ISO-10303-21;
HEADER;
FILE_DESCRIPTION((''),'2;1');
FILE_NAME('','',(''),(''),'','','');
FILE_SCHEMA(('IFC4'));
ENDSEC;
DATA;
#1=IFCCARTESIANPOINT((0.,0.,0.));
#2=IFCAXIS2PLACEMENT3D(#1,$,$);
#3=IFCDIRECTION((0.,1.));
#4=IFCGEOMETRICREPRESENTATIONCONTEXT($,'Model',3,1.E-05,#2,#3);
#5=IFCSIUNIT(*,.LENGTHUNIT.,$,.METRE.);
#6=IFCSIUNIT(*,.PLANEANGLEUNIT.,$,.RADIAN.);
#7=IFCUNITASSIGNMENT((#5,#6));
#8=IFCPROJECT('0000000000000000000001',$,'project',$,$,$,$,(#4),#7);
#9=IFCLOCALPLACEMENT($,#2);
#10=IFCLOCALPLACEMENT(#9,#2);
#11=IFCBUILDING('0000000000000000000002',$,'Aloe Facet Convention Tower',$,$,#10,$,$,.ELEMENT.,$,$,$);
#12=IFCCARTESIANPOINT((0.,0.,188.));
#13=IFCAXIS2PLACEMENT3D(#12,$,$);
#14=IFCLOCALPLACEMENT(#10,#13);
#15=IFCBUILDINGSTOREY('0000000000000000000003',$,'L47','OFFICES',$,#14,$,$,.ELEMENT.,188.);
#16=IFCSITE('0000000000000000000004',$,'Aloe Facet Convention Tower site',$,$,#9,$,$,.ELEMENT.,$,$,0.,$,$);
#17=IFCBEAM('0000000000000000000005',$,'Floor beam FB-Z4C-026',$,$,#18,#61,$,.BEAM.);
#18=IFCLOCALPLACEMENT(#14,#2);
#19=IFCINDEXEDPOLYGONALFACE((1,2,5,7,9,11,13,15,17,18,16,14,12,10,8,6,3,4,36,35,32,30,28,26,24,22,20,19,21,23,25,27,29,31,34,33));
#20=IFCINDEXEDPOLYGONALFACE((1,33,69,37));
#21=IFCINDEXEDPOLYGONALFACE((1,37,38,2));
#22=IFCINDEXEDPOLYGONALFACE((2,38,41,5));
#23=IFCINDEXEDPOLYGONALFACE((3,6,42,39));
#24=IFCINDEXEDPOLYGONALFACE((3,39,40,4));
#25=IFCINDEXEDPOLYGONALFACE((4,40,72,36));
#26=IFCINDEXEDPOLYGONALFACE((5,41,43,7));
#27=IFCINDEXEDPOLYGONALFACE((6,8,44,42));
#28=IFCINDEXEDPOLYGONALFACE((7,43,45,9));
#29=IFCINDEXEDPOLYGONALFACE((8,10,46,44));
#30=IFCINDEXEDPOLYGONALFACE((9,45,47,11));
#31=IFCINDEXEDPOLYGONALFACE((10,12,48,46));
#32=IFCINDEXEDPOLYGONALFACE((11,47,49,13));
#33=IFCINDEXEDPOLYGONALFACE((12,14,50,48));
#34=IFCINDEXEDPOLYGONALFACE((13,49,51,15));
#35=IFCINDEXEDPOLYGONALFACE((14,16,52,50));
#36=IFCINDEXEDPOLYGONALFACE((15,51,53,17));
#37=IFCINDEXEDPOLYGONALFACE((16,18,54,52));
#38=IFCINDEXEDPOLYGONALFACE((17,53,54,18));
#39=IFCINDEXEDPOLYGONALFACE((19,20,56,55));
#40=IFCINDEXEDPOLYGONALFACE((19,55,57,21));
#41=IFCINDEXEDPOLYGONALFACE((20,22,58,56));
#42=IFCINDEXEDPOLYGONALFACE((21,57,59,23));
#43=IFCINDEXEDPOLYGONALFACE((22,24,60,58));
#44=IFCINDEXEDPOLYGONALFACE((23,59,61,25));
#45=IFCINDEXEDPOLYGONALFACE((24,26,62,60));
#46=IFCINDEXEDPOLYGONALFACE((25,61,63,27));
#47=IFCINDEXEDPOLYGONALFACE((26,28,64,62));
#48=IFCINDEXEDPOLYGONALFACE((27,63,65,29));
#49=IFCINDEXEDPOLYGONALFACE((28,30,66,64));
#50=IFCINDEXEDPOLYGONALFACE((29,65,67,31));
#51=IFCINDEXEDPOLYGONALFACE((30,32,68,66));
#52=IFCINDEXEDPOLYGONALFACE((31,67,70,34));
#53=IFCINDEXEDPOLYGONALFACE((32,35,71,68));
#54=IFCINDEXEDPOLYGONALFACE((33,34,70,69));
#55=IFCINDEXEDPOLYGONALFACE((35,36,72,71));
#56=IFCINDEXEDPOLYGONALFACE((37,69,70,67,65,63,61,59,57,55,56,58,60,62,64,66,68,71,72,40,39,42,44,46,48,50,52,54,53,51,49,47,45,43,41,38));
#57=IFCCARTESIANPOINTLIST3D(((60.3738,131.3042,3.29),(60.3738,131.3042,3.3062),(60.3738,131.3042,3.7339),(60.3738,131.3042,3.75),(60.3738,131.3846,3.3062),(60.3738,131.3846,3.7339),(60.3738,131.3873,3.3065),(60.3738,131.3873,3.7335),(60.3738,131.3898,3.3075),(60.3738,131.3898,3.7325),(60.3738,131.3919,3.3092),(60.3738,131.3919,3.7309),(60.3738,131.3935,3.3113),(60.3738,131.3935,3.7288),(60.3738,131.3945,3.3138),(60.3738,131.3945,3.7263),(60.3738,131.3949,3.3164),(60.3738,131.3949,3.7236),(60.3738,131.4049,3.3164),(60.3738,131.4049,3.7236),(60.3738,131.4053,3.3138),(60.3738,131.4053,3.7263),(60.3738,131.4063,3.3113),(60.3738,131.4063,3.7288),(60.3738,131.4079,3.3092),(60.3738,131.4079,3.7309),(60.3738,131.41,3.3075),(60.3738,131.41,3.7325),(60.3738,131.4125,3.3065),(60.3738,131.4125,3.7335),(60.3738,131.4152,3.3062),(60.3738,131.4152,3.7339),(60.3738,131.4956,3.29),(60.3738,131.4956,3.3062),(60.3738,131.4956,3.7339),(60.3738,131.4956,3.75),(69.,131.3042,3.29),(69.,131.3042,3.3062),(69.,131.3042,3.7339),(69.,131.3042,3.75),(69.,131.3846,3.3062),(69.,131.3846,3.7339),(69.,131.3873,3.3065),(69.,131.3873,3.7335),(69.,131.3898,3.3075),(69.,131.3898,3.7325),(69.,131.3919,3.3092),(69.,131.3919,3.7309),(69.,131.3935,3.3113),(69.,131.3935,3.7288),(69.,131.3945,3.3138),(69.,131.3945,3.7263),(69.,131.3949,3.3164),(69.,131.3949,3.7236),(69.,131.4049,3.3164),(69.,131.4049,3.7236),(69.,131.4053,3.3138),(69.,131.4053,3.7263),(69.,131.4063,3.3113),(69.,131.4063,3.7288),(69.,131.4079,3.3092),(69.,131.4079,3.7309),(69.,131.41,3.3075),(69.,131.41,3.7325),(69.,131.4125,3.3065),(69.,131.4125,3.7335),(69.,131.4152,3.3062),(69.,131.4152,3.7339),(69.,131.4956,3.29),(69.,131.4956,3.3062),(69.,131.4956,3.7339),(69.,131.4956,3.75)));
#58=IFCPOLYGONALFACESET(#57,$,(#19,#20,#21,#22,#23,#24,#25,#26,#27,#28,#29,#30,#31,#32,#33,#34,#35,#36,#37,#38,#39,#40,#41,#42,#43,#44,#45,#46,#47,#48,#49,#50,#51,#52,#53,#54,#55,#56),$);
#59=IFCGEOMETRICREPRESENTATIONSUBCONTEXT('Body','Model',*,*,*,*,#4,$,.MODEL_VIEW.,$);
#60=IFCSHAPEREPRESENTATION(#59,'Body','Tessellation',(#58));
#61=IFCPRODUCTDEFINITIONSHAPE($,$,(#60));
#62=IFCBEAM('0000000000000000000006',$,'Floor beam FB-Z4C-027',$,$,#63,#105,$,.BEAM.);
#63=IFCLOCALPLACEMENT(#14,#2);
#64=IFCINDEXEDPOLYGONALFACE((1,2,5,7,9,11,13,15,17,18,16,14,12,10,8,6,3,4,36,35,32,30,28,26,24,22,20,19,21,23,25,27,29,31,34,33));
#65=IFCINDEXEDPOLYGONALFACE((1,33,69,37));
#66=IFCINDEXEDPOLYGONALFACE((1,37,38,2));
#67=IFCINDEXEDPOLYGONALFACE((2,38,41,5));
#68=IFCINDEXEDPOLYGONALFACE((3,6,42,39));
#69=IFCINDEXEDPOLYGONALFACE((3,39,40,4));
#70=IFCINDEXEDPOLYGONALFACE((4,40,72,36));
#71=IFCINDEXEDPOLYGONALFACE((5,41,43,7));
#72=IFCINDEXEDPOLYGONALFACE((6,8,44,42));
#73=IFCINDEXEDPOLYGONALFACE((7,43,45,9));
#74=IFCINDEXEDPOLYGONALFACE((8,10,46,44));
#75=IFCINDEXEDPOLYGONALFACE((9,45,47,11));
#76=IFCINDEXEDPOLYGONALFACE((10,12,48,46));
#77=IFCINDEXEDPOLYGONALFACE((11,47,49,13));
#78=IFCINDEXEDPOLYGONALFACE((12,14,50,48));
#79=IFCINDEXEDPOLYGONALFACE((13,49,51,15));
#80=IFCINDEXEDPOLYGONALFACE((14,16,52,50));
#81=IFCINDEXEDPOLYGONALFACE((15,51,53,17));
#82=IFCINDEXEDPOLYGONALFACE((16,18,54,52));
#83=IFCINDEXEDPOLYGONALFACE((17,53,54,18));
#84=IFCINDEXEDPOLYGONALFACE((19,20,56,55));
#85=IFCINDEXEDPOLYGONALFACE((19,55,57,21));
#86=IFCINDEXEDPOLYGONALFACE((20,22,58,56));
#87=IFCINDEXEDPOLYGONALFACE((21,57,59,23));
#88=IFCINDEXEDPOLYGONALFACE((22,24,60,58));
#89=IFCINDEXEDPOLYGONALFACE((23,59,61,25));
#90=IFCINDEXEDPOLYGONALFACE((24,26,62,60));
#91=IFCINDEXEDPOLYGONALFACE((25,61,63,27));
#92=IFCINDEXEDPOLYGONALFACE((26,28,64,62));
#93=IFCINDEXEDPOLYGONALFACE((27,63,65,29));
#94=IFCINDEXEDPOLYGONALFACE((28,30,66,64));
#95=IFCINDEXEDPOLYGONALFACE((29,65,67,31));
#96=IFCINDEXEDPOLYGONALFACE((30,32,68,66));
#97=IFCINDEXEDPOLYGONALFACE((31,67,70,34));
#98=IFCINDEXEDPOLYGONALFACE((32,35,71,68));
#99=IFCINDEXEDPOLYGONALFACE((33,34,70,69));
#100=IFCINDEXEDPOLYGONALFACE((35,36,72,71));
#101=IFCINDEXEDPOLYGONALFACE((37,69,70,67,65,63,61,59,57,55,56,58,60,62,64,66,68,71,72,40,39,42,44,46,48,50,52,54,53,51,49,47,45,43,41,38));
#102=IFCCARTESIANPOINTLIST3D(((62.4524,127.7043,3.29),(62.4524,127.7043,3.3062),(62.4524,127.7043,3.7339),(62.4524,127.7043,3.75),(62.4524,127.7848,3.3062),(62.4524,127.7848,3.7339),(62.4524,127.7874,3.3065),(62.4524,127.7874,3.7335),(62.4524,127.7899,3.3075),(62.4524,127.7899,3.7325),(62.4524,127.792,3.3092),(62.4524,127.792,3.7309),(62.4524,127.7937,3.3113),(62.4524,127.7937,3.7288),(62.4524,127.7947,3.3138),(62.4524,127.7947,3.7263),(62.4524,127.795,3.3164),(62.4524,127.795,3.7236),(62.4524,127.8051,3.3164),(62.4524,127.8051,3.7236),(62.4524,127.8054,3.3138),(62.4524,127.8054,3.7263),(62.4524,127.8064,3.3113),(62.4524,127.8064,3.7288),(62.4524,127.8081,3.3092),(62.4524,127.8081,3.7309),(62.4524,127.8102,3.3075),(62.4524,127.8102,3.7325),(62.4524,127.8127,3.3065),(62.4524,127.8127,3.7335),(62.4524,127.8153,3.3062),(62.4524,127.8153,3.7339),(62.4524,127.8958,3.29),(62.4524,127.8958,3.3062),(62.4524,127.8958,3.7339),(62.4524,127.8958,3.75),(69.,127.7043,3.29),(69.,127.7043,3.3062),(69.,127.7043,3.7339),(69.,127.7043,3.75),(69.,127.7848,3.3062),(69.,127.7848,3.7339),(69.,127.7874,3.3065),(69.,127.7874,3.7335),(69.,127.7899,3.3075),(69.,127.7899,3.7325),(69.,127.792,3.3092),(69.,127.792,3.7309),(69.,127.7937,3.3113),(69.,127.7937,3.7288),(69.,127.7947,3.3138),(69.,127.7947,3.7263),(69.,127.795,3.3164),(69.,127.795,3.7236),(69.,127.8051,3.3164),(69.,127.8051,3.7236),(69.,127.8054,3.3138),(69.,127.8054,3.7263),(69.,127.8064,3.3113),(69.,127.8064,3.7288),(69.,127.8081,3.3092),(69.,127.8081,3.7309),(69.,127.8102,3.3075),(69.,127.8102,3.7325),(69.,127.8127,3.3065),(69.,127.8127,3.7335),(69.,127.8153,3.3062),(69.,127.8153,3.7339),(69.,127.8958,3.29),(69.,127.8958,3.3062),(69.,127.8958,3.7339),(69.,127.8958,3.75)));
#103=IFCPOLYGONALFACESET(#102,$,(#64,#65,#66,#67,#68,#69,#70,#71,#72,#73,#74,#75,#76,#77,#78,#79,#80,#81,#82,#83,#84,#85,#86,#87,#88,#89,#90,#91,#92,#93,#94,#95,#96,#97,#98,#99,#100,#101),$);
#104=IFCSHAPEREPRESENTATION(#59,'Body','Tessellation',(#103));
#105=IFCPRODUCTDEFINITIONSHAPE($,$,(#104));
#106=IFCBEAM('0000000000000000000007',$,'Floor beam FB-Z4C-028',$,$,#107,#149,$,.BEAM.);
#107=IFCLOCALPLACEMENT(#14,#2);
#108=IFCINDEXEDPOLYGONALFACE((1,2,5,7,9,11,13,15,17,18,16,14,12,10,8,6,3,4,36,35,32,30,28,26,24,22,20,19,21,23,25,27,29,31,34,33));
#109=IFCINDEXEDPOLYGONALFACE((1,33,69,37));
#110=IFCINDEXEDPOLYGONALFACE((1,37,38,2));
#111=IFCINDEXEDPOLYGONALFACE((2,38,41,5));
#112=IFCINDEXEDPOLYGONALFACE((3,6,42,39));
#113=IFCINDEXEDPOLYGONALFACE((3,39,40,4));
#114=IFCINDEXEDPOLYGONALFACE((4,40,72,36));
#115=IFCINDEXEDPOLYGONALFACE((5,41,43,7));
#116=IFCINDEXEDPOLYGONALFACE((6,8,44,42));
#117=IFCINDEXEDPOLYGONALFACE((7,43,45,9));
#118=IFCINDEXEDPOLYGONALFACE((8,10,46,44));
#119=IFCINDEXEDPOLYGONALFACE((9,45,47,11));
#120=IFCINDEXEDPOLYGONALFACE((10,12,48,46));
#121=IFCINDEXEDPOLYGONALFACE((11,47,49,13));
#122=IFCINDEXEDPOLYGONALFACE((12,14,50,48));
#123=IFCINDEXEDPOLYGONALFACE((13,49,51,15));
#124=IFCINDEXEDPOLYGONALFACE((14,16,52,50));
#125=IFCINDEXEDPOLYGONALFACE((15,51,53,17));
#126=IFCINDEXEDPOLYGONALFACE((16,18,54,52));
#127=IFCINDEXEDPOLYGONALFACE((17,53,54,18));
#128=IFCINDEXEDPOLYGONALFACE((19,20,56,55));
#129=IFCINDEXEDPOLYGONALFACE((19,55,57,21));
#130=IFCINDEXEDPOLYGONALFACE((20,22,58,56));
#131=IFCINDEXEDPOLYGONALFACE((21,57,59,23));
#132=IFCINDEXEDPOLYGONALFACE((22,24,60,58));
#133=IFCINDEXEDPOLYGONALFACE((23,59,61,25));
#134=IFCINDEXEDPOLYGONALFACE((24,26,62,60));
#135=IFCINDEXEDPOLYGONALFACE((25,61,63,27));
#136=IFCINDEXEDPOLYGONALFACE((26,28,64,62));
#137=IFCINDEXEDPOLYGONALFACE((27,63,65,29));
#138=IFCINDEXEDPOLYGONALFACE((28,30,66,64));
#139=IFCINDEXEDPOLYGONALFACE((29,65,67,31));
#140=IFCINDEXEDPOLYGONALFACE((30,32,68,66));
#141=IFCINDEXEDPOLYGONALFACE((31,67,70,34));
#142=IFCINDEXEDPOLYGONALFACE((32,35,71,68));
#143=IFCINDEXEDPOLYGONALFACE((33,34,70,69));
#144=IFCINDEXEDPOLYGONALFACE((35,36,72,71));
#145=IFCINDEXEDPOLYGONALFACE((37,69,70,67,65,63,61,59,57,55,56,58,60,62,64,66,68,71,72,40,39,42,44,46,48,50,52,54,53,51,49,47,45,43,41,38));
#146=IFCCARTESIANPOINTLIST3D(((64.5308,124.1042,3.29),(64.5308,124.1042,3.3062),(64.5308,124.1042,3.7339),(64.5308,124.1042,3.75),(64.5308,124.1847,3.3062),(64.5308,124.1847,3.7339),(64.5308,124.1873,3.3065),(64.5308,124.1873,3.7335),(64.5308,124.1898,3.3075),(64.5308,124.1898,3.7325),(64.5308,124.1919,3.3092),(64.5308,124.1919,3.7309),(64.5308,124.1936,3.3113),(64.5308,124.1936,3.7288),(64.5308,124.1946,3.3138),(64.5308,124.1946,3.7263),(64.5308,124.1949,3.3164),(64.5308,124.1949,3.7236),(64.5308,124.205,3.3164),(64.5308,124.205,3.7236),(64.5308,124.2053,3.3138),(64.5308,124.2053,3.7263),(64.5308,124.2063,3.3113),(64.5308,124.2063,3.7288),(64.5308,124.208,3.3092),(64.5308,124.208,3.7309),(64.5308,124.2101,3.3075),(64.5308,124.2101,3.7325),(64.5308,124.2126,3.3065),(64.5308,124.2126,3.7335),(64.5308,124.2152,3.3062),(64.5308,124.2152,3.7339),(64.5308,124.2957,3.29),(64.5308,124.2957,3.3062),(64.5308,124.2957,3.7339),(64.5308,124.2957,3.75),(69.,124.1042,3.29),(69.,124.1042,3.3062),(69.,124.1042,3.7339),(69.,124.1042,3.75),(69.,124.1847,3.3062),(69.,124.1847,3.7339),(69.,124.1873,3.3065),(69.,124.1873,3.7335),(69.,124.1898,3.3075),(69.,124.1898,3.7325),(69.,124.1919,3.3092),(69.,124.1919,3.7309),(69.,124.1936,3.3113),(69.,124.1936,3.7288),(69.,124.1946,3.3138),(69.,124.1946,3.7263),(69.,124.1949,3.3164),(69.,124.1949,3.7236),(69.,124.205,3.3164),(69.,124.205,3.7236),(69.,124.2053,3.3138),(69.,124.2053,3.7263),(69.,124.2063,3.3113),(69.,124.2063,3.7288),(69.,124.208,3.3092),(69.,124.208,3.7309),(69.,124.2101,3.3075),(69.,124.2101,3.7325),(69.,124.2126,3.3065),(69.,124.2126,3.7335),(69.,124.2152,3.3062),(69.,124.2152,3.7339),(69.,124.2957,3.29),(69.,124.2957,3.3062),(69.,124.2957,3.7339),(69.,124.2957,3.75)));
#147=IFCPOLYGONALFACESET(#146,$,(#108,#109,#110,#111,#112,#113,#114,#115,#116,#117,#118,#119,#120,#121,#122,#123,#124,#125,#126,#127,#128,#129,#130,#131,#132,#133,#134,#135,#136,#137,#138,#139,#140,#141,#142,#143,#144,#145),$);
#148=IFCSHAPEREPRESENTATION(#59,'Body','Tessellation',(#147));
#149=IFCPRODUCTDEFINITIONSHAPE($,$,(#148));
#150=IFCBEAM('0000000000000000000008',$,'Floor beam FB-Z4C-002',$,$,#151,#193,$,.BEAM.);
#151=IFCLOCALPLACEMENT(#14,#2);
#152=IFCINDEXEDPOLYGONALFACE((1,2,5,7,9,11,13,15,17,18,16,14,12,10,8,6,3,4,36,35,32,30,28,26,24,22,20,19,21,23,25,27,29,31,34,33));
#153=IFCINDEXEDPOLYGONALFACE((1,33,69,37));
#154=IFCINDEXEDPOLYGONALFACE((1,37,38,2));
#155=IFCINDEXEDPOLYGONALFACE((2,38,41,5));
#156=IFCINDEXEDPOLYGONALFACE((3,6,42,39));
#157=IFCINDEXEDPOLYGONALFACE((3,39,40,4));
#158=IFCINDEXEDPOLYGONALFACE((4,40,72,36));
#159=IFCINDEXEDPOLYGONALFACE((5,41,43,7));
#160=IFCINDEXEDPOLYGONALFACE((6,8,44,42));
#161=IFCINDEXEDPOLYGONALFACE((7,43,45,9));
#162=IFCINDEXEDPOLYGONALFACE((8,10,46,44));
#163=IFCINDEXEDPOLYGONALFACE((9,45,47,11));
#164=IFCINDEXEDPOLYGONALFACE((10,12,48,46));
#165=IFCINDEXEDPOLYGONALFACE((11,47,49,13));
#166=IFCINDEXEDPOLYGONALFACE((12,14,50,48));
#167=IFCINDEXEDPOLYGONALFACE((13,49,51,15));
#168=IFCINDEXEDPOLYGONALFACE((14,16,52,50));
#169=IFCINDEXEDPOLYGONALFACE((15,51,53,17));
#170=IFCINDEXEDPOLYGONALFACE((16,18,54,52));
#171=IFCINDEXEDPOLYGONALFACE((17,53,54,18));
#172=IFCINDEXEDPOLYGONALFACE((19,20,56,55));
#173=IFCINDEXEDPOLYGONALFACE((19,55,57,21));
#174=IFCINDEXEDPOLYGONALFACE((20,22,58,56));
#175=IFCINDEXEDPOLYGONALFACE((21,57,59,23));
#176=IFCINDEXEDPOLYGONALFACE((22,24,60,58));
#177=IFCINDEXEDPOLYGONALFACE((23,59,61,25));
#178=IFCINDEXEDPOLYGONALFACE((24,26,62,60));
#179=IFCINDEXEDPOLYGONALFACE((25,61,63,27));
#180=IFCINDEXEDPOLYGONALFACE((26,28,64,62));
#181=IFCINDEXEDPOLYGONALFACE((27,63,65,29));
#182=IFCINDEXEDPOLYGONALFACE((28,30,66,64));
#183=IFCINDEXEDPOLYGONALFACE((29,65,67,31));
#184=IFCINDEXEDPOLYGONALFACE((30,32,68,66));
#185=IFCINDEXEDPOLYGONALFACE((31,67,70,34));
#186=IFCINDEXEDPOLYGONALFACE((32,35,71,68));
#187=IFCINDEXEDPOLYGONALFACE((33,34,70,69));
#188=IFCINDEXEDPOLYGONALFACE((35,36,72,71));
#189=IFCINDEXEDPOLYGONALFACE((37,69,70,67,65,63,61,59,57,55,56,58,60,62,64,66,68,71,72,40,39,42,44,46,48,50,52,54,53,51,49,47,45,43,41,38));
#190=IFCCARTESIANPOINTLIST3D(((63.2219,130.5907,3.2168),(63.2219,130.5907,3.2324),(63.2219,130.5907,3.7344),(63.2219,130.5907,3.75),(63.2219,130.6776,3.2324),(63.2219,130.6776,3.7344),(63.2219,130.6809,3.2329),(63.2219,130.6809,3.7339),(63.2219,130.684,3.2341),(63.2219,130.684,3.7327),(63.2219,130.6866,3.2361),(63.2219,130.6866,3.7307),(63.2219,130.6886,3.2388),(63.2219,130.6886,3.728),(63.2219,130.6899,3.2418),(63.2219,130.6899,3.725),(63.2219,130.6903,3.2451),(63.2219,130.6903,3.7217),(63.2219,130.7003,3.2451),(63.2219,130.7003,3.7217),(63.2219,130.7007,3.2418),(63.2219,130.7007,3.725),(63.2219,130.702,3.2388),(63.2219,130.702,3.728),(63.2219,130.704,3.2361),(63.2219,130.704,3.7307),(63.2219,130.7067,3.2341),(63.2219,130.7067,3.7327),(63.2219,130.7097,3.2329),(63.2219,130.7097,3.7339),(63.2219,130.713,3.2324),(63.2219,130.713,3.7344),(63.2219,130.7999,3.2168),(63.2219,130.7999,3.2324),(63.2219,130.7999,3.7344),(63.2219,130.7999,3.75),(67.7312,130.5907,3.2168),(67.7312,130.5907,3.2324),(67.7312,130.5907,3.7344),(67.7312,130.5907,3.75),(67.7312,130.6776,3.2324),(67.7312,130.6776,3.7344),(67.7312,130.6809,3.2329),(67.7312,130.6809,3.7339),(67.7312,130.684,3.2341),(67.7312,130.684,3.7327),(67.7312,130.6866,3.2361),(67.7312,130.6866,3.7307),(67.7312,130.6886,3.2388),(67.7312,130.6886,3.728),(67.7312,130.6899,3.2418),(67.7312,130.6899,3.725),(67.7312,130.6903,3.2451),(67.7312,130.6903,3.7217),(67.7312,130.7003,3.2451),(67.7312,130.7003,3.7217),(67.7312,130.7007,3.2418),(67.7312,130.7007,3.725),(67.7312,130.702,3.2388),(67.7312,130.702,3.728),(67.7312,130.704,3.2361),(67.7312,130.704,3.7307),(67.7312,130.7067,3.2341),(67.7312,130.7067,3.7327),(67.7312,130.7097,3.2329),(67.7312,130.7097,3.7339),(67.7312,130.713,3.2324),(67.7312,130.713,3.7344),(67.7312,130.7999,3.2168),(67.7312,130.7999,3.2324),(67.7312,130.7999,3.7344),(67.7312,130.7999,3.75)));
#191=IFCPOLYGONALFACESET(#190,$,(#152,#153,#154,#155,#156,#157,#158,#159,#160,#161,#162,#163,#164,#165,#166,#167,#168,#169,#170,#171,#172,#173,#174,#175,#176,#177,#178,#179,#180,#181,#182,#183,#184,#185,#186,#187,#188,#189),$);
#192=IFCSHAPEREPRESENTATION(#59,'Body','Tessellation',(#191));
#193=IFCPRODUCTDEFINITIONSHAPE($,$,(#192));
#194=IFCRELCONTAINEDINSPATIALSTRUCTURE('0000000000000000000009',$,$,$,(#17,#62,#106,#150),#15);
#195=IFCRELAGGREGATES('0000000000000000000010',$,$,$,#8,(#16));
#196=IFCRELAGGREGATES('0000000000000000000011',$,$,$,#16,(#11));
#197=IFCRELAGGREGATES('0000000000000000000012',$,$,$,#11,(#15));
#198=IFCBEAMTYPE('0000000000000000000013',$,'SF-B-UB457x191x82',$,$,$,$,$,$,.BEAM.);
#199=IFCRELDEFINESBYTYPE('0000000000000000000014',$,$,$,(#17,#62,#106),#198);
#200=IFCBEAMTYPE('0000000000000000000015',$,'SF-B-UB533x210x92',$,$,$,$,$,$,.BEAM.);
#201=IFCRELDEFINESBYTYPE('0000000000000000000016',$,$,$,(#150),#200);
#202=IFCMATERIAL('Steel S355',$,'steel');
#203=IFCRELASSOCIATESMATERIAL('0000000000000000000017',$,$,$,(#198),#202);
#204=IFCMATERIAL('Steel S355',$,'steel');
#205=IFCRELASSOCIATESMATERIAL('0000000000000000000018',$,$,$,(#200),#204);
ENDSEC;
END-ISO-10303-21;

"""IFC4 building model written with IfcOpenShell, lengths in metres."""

from ifc_helpers import new_model, si_unit, direction, frame, origin, origin_2d, place, context, subcontext, project, spatial, i_section, extrude, material, material_profile, profile_set, type_object, element, save


model = new_model("IFC4")

# Units and contexts
model_context = context("Model", 3, precision=1e-05, world=origin(), true_north=direction((0.0, 1.0)))
body_context = subcontext(model_context, "Body", "Model", "MODEL_VIEW")
ifc_project = project(units=[si_unit("LENGTHUNIT", "METRE"), si_unit("PLANEANGLEUNIT", "RADIAN")], contexts=[model_context])

# Site, building, storey
site_placement = place(None, origin())
site = spatial("IfcSite", under=ifc_project, at=site_placement, Name="Aloe Facet Convention Tower site", CompositionType="ELEMENT", RefElevation=0.0)
building_placement = place(site_placement, origin())
building = spatial("IfcBuilding", under=site, at=building_placement, Name="Aloe Facet Convention Tower", CompositionType="ELEMENT")
storey_placement = place(building_placement, frame((0.0, 0.0, 188.0)))
storey = spatial("IfcBuildingStorey", under=building, at=storey_placement, Name="L47", Description="OFFICES", CompositionType="ELEMENT", Elevation=188.0)

# Beams
ifc_material_1 = material(Name="Steel S355", Category="steel")
ifc_material_profile_1 = material_profile(ifc_material_1, i_section(OverallWidth=0.1914, OverallDepth=0.46, WebThickness=0.01, FlangeThickness=0.0161, FilletRadius=0.0103, at=origin_2d()), Name="UB 457x191x82")
ifc_profile_set_1 = profile_set([ifc_material_profile_1], Name="Steel S355")
beam_type_1 = type_object("IfcBeamType", Name="SF-B-UB457x191x82", PredefinedType="BEAM", material=ifc_profile_set_1)
beam_1_placement = place(storey_placement, frame((60.3738, 131.3999, 3.52), z_axis=(1.0, 0.0, 0.0), x_axis=(0.0, 1.0, 0.0)))
element("IfcBeam", 1, at=beam_1_placement, inside=storey, type_object=beam_type_1, Name="Floor beam FB-Z4C-026", PredefinedType="BEAM", context=body_context, shape_type="SweptSolid", body=[
    extrude(i_section(OverallWidth=0.1914, OverallDepth=0.46, WebThickness=0.01, FlangeThickness=0.0161, FilletRadius=0.0103, at=origin_2d()), origin(), (0.0, 0.0, 1.0), 8.6262),
])
beam_2_placement = place(storey_placement, frame((62.4524, 127.8, 3.52), z_axis=(1.0, 0.0, 0.0), x_axis=(0.0, 1.0, 0.0)))
element("IfcBeam", 2, at=beam_2_placement, inside=storey, type_object=beam_type_1, Name="Floor beam FB-Z4C-027", PredefinedType="BEAM", context=body_context, shape_type="SweptSolid", body=[
    extrude(i_section(OverallWidth=0.1914, OverallDepth=0.46, WebThickness=0.01, FlangeThickness=0.0161, FilletRadius=0.0103, at=origin_2d()), origin(), (0.0, 0.0, 1.0), 6.5476),
])
beam_3_placement = place(storey_placement, frame((64.5308, 124.2, 3.52), z_axis=(1.0, 0.0, 0.0), x_axis=(0.0, 1.0, 0.0)))
element("IfcBeam", 3, at=beam_3_placement, inside=storey, type_object=beam_type_1, Name="Floor beam FB-Z4C-028", PredefinedType="BEAM", context=body_context, shape_type="SweptSolid", body=[
    extrude(i_section(OverallWidth=0.1914, OverallDepth=0.46, WebThickness=0.01, FlangeThickness=0.0161, FilletRadius=0.0103, at=origin_2d()), origin(), (0.0, 0.0, 1.0), 4.4692),
])
ifc_material_2 = material(Name="Steel S355", Category="steel")
ifc_material_profile_2 = material_profile(ifc_material_2, i_section(OverallWidth=0.2092, OverallDepth=0.5332, WebThickness=0.01, FlangeThickness=0.0156, FilletRadius=0.0127, at=origin_2d()), Name="UB 533x210x92")
ifc_profile_set_2 = profile_set([ifc_material_profile_2], Name="Steel S355")
beam_type_2 = type_object("IfcBeamType", Name="SF-B-UB533x210x92", PredefinedType="BEAM", material=ifc_profile_set_2)
beam_4_placement = place(storey_placement, frame((63.2219, 130.6953, 3.4834), z_axis=(1.0, 0.0, 0.0), x_axis=(0.0, 1.0, 0.0)))
element("IfcBeam", 4, at=beam_4_placement, inside=storey, type_object=beam_type_2, Name="Floor beam FB-Z4C-002", PredefinedType="BEAM", context=body_context, shape_type="SweptSolid", body=[
    extrude(i_section(OverallWidth=0.2092, OverallDepth=0.5332, WebThickness=0.01, FlangeThickness=0.0156, FilletRadius=0.0127, at=origin_2d()), origin(), (0.0, 0.0, 1.0), 4.5093),
])

save(model, "model.ifc")
